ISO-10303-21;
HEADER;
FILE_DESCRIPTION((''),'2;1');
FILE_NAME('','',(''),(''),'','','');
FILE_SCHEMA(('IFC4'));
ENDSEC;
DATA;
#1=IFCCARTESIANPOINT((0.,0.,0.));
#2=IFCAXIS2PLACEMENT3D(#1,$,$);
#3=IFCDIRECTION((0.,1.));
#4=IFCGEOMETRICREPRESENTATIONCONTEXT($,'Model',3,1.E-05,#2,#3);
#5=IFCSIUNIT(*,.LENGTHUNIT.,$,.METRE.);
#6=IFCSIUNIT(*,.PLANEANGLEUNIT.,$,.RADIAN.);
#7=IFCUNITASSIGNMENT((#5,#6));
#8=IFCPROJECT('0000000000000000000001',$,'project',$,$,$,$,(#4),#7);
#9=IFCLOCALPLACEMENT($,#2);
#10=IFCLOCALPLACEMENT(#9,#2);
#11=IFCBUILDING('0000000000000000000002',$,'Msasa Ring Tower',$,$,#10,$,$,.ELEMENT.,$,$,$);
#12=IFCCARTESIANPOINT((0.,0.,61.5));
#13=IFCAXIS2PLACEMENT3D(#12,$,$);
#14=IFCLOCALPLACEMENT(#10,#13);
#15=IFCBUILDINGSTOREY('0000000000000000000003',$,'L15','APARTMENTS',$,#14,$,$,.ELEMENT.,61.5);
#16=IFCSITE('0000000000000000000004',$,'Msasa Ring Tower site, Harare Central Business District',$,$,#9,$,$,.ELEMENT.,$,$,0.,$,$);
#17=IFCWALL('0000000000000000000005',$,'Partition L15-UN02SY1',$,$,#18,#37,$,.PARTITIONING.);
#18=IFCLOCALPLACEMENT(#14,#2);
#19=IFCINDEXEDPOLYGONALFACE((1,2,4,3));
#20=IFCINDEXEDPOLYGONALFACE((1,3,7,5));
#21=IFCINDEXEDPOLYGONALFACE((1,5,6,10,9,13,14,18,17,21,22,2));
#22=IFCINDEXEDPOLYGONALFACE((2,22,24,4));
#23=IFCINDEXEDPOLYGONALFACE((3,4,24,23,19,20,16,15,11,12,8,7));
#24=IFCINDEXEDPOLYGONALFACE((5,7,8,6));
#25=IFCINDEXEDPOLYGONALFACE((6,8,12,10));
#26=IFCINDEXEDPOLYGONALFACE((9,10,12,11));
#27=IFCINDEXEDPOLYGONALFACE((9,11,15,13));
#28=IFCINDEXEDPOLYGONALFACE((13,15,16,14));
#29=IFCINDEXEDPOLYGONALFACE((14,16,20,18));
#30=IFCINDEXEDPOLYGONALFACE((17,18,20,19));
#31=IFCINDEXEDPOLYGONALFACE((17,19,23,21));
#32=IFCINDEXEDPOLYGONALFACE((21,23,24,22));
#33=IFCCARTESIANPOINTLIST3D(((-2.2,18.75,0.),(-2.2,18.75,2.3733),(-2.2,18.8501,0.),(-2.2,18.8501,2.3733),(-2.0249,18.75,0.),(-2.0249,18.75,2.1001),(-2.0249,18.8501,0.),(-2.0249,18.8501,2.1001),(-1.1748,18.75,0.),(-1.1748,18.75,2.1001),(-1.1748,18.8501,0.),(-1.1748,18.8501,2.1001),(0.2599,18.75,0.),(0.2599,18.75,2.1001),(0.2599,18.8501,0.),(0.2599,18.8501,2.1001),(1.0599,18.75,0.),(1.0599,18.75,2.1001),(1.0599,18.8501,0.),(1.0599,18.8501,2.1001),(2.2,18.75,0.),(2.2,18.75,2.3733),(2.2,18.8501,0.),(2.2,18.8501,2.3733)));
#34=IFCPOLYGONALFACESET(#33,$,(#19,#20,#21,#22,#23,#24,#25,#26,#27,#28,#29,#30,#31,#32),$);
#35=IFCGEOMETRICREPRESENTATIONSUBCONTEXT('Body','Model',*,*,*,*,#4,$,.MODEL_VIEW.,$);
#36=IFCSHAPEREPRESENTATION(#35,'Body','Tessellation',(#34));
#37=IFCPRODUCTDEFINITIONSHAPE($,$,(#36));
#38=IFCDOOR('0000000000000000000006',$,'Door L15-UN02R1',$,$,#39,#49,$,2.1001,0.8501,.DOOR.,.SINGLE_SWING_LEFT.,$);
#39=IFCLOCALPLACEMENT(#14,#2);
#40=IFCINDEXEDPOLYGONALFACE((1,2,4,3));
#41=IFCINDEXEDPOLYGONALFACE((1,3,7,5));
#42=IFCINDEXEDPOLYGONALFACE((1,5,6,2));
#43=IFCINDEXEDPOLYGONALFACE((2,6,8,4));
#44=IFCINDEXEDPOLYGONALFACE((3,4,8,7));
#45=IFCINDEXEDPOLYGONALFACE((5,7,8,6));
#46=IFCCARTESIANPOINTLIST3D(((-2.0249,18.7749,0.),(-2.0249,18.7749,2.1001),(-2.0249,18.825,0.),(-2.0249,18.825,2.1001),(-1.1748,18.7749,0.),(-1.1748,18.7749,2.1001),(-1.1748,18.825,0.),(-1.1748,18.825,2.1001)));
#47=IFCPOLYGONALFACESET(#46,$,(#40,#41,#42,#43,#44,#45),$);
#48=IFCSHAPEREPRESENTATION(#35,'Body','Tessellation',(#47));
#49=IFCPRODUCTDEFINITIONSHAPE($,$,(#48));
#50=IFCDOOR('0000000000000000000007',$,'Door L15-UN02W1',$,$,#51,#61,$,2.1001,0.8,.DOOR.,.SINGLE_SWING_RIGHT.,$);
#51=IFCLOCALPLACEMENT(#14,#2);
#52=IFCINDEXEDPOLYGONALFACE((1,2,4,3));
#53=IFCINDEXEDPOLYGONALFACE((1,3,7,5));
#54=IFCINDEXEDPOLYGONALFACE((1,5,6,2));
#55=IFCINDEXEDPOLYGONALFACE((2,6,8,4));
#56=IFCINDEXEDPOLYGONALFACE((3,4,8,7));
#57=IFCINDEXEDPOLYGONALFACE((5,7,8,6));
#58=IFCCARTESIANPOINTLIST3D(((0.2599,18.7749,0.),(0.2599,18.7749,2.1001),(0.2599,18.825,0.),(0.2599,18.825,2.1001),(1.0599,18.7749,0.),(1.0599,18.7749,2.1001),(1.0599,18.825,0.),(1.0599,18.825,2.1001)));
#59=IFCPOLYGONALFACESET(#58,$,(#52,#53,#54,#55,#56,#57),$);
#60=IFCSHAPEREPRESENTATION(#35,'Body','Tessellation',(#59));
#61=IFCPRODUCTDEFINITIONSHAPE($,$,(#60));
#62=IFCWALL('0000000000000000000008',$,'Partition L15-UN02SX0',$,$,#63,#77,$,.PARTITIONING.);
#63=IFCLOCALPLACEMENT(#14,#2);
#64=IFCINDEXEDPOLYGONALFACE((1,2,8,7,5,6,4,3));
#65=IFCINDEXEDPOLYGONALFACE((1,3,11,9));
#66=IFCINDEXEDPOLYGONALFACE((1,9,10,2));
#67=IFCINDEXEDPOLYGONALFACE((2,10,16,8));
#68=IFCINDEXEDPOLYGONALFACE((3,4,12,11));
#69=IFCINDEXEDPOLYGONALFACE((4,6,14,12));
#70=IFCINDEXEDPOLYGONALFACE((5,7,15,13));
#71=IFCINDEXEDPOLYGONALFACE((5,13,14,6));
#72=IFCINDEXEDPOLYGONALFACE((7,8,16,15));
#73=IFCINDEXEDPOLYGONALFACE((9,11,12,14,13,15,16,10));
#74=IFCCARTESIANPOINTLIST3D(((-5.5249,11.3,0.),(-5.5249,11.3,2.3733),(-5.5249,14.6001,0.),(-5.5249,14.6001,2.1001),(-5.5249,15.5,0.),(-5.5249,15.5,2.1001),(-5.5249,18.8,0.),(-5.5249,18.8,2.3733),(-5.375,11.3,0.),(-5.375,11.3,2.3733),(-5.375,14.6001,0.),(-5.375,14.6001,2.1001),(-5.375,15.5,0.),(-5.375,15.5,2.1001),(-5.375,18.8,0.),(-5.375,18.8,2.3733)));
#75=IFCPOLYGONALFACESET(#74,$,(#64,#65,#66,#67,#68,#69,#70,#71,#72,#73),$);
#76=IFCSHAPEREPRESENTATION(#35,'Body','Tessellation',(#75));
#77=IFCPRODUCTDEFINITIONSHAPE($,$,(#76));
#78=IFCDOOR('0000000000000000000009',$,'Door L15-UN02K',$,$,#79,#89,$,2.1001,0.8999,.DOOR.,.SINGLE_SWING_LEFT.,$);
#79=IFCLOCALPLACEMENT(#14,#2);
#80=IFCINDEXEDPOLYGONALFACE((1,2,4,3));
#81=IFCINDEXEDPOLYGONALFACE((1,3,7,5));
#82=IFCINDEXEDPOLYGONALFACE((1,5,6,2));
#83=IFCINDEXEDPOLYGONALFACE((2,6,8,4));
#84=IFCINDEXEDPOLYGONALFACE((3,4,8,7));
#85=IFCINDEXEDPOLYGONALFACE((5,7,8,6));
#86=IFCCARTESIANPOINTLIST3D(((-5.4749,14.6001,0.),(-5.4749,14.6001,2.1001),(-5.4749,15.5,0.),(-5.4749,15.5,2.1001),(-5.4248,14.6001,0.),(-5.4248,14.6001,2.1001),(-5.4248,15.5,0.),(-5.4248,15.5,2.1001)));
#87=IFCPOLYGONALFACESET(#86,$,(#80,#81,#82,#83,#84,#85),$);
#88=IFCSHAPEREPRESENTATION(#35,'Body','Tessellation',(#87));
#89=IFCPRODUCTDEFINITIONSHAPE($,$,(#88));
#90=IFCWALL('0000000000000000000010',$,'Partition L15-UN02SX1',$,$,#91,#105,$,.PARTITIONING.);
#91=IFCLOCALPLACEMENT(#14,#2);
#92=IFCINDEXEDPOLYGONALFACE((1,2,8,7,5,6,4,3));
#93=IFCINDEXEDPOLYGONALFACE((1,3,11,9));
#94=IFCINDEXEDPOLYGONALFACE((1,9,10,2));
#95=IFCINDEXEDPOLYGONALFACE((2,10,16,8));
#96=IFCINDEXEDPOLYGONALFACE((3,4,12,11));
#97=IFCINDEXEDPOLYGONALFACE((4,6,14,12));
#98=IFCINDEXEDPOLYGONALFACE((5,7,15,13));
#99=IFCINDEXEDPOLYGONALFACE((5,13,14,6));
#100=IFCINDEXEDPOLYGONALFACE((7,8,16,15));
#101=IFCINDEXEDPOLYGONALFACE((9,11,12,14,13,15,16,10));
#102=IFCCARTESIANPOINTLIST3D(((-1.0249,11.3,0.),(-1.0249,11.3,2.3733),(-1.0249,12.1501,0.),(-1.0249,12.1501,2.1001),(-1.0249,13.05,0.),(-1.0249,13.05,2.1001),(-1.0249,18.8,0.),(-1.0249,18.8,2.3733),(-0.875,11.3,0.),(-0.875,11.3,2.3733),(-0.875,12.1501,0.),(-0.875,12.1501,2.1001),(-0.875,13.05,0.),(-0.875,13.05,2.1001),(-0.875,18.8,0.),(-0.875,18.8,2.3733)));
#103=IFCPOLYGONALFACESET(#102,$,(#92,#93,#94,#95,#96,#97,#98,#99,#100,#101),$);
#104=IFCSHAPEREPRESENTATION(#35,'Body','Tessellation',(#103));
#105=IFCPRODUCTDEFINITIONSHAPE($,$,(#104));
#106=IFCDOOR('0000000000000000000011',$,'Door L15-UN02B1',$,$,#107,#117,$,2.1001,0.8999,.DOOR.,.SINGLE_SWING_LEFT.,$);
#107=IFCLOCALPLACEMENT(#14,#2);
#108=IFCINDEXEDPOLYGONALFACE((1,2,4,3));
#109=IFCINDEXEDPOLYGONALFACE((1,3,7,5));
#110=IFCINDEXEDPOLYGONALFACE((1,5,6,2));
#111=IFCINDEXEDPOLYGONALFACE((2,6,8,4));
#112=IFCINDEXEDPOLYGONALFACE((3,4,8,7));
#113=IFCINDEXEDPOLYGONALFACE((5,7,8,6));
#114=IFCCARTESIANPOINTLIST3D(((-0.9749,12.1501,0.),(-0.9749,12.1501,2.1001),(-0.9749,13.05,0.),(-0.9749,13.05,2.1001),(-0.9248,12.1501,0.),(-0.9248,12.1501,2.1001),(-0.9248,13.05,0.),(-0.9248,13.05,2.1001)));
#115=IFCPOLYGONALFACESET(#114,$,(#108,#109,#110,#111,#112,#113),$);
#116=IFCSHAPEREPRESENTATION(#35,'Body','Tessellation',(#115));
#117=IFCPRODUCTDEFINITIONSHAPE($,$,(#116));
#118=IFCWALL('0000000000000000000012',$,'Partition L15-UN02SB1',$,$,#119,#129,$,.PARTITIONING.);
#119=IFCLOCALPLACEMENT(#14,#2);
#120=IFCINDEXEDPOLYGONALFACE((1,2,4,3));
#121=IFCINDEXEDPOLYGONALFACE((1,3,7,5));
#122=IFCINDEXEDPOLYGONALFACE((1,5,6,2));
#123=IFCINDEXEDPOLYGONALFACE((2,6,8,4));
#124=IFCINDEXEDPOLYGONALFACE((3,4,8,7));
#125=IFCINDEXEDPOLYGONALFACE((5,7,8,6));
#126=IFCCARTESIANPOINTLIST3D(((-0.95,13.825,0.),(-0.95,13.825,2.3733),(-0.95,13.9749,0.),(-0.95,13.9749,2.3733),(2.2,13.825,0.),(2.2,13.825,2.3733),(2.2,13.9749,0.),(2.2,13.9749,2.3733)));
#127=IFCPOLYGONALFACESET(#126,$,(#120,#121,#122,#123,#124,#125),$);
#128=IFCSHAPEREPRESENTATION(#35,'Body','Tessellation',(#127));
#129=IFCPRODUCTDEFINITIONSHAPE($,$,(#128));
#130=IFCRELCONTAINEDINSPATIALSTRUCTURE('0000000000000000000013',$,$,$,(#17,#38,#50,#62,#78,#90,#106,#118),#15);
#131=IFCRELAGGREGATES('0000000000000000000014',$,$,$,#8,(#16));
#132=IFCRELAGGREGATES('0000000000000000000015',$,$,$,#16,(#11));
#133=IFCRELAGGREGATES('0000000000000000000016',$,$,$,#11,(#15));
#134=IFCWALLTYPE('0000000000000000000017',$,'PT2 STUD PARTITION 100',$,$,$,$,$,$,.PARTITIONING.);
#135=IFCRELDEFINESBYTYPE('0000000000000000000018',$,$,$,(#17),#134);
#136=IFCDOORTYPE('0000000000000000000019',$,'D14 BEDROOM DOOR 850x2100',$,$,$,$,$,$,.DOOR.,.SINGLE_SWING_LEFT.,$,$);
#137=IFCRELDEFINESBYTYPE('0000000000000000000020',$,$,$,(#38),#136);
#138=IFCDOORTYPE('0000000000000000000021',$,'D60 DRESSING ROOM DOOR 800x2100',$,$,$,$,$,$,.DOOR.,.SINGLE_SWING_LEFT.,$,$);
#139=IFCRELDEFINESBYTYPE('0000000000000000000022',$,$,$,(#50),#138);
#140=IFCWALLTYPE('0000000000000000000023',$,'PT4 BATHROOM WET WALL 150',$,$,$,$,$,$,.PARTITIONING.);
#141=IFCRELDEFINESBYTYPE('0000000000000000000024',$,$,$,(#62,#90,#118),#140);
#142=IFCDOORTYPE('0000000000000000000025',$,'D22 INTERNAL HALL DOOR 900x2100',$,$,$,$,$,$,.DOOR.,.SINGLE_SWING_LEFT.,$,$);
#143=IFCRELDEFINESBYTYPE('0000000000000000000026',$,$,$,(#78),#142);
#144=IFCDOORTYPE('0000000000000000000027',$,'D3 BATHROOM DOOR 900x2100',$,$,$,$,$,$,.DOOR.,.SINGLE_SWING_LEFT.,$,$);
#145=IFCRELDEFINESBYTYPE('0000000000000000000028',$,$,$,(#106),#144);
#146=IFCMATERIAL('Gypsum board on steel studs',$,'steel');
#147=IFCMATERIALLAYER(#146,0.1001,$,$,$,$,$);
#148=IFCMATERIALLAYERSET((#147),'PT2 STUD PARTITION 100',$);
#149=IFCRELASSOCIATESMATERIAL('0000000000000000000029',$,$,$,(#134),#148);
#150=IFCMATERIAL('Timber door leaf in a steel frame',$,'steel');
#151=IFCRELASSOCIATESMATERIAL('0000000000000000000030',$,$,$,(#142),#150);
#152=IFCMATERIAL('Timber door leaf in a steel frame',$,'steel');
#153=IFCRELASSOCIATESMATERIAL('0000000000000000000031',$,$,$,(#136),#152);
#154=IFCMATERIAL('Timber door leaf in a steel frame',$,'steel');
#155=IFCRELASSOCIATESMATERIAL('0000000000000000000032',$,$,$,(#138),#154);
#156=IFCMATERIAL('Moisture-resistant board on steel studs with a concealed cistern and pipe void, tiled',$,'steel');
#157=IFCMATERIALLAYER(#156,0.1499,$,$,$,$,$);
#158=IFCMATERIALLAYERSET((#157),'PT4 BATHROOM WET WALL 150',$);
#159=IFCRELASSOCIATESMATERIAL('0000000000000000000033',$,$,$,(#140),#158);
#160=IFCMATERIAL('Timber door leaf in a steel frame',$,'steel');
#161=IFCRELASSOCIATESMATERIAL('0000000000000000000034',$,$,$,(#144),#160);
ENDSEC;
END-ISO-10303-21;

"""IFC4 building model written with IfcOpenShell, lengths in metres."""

from ifc_helpers import new_model, si_unit, direction, frame, frame_2d, origin, place, context, subcontext, project, spatial, rectangle, extrude, material, layer, layer_set, type_object, element, fill, save


model = new_model("IFC4")

# Units and contexts
model_context = context("Model", 3, precision=1e-05, world=origin(), true_north=direction((0.0, 1.0)))
body_context = subcontext(model_context, "Body", "Model", "MODEL_VIEW")
ifc_project = project(units=[si_unit("LENGTHUNIT", "METRE"), si_unit("PLANEANGLEUNIT", "RADIAN")], contexts=[model_context])

# Site, building, storey
site_placement = place(None, origin())
site = spatial("IfcSite", under=ifc_project, at=site_placement, Name="Msasa Ring Tower site, Harare Central Business District", CompositionType="ELEMENT", RefElevation=0.0)
building_placement = place(site_placement, origin())
building = spatial("IfcBuilding", under=site, at=building_placement, Name="Msasa Ring Tower", CompositionType="ELEMENT")
storey_placement = place(building_placement, frame((0.0, 0.0, 61.5)))
storey = spatial("IfcBuildingStorey", under=building, at=storey_placement, Name="L15", Description="APARTMENTS", CompositionType="ELEMENT", Elevation=61.5)

# Shared definitions
ifc_material_1 = material(Name="Gypsum board on steel studs", Category="steel")
ifc_layer_1 = layer(ifc_material_1, 0.1001)
ifc_layer_set_1 = layer_set([ifc_layer_1], Name="PT2 STUD PARTITION 100")
wall_type_1 = type_object("IfcWallType", Name="PT2 STUD PARTITION 100", PredefinedType="PARTITIONING", material=ifc_layer_set_1)

# Shared definitions
ifc_material_2 = material(Name="Timber door leaf in a steel frame", Category="steel")
door_type_1 = type_object("IfcDoorType", Name="D22 INTERNAL HALL DOOR 900x2100", OperationType="SINGLE_SWING_LEFT", PredefinedType="DOOR", material=ifc_material_2)

# Wall, openings, doors
wall_1_placement = place(storey_placement, frame((-2.2, 18.8, 0.0), z_axis=(0.0, 0.0, 1.0), x_axis=(1.0, 0.0, 0.0)))
wall_1 = element("IfcWall", 1, at=wall_1_placement, inside=storey, type_object=wall_type_1, Name="Partition L15-UN02SY1", PredefinedType="PARTITIONING", context=body_context, shape_type="SweptSolid", body=[
    extrude(rectangle(XDim=4.3999, YDim=0.1001, at=frame_2d((2.2, 0.0))), origin(), (0.0, 0.0, 1.0), 2.3733),
])
opening_1_placement = place(wall_1_placement, frame((0.175, 0.0, 0.0)))
opening_1 = element("IfcOpeningElement", 2, at=opening_1_placement, cuts=wall_1, PredefinedType="OPENING", context=body_context, shape_type="SweptSolid", body=[
    extrude(rectangle(XDim=0.8501, YDim=2.1001, at=frame_2d((0.425, 1.05))), frame((0.0, 0.0601, 0.0), z_axis=(0.0, -1.0, 0.0), x_axis=(1.0, 0.0, 0.0)), (0.0, 0.0, 1.0), 0.1201),
])
opening_2_placement = place(wall_1_placement, frame((2.46, 0.0, 0.0)))
opening_2 = element("IfcOpeningElement", 3, at=opening_2_placement, cuts=wall_1, PredefinedType="OPENING", context=body_context, shape_type="SweptSolid", body=[
    extrude(rectangle(XDim=0.8, YDim=2.1001, at=frame_2d((0.3999, 1.05))), frame((0.0, 0.0601, 0.0), z_axis=(0.0, -1.0, 0.0), x_axis=(1.0, 0.0, 0.0)), (0.0, 0.0, 1.0), 0.1201),
])
ifc_material_3 = material(Name="Timber door leaf in a steel frame", Category="steel")
door_type_2 = type_object("IfcDoorType", Name="D14 BEDROOM DOOR 850x2100", OperationType="SINGLE_SWING_LEFT", PredefinedType="DOOR", material=ifc_material_3)
door_1_placement = place(opening_1_placement, origin())
door_1 = element("IfcDoor", 4, at=door_1_placement, inside=storey, type_object=door_type_2, Name="Door L15-UN02R1", OperationType="SINGLE_SWING_LEFT", OverallHeight=2.1001, OverallWidth=0.8501, PredefinedType="DOOR", context=body_context, shape_type="SweptSolid", body=[
    extrude(rectangle(XDim=0.8501, YDim=2.1001, at=frame_2d((0.425, 1.05))), frame((0.0, 0.0249, 0.0), z_axis=(0.0, -1.0, 0.0), x_axis=(1.0, 0.0, 0.0)), (0.0, 0.0, 1.0), 0.05),
])
fill(opening_1, door_1)
ifc_material_4 = material(Name="Timber door leaf in a steel frame", Category="steel")
door_type_3 = type_object("IfcDoorType", Name="D60 DRESSING ROOM DOOR 800x2100", OperationType="SINGLE_SWING_LEFT", PredefinedType="DOOR", material=ifc_material_4)
door_2_placement = place(opening_2_placement, origin())
door_2 = element("IfcDoor", 5, at=door_2_placement, inside=storey, type_object=door_type_3, Name="Door L15-UN02W1", OperationType="SINGLE_SWING_RIGHT", OverallHeight=2.1001, OverallWidth=0.8, PredefinedType="DOOR", context=body_context, shape_type="SweptSolid", body=[
    extrude(rectangle(XDim=0.8, YDim=2.1001, at=frame_2d((0.3999, 1.05))), frame((0.0, 0.0249, 0.0), z_axis=(0.0, -1.0, 0.0), x_axis=(1.0, 0.0, 0.0)), (0.0, 0.0, 1.0), 0.05),
])
fill(opening_2, door_2)

# Walls, openings, doors
ifc_material_5 = material(Name="Moisture-resistant board on steel studs with a concealed cistern and pipe void, tiled", Category="steel")
ifc_layer_2 = layer(ifc_material_5, 0.1499)
ifc_layer_set_2 = layer_set([ifc_layer_2], Name="PT4 BATHROOM WET WALL 150")
wall_type_2 = type_object("IfcWallType", Name="PT4 BATHROOM WET WALL 150", PredefinedType="PARTITIONING", material=ifc_layer_set_2)
wall_2_placement = place(storey_placement, frame((-5.45, 11.3, 0.0), z_axis=(0.0, 0.0, 1.0), x_axis=(0.0, 1.0, 0.0)))
wall_2 = element("IfcWall", 6, at=wall_2_placement, inside=storey, type_object=wall_type_2, Name="Partition L15-UN02SX0", PredefinedType="PARTITIONING", context=body_context, shape_type="SweptSolid", body=[
    extrude(rectangle(XDim=7.5, YDim=0.1499, at=frame_2d((3.75, 0.0))), origin(), (0.0, 0.0, 1.0), 2.3733),
])
opening_3_placement = place(wall_2_placement, frame((3.3, 0.0, 0.0)))
opening_3 = element("IfcOpeningElement", 7, at=opening_3_placement, cuts=wall_2, PredefinedType="OPENING", context=body_context, shape_type="SweptSolid", body=[
    extrude(rectangle(XDim=0.8999, YDim=2.1001, at=frame_2d((0.45, 1.05))), frame((0.0, 0.085, 0.0), z_axis=(0.0, -1.0, 0.0), x_axis=(1.0, 0.0, 0.0)), (0.0, 0.0, 1.0), 0.1699),
])
door_3_placement = place(opening_3_placement, origin())
door_3 = element("IfcDoor", 8, at=door_3_placement, inside=storey, type_object=door_type_1, Name="Door L15-UN02K", OperationType="SINGLE_SWING_LEFT", OverallHeight=2.1001, OverallWidth=0.8999, PredefinedType="DOOR", context=body_context, shape_type="SweptSolid", body=[
    extrude(rectangle(XDim=0.8999, YDim=2.1001, at=frame_2d((0.45, 1.05))), frame((0.0, 0.0249, 0.0), z_axis=(0.0, -1.0, 0.0), x_axis=(1.0, 0.0, 0.0)), (0.0, 0.0, 1.0), 0.05),
])
fill(opening_3, door_3)
wall_3_placement = place(storey_placement, frame((-0.95, 11.3, 0.0), z_axis=(0.0, 0.0, 1.0), x_axis=(0.0, 1.0, 0.0)))
wall_3 = element("IfcWall", 9, at=wall_3_placement, inside=storey, type_object=wall_type_2, Name="Partition L15-UN02SX1", PredefinedType="PARTITIONING", context=body_context, shape_type="SweptSolid", body=[
    extrude(rectangle(XDim=7.5, YDim=0.1499, at=frame_2d((3.75, 0.0))), origin(), (0.0, 0.0, 1.0), 2.3733),
])
opening_4_placement = place(wall_3_placement, frame((0.8501, 0.0, 0.0)))
opening_4 = element("IfcOpeningElement", 10, at=opening_4_placement, cuts=wall_3, PredefinedType="OPENING", context=body_context, shape_type="SweptSolid", body=[
    extrude(rectangle(XDim=0.8999, YDim=2.1001, at=frame_2d((0.45, 1.05))), frame((0.0, 0.085, 0.0), z_axis=(0.0, -1.0, 0.0), x_axis=(1.0, 0.0, 0.0)), (0.0, 0.0, 1.0), 0.1699),
])
ifc_material_6 = material(Name="Timber door leaf in a steel frame", Category="steel")
door_type_4 = type_object("IfcDoorType", Name="D3 BATHROOM DOOR 900x2100", OperationType="SINGLE_SWING_LEFT", PredefinedType="DOOR", material=ifc_material_6)
door_4_placement = place(opening_4_placement, origin())
door_4 = element("IfcDoor", 11, at=door_4_placement, inside=storey, type_object=door_type_4, Name="Door L15-UN02B1", OperationType="SINGLE_SWING_LEFT", OverallHeight=2.1001, OverallWidth=0.8999, PredefinedType="DOOR", context=body_context, shape_type="SweptSolid", body=[
    extrude(rectangle(XDim=0.8999, YDim=2.1001, at=frame_2d((0.45, 1.05))), frame((0.0, 0.0249, 0.0), z_axis=(0.0, -1.0, 0.0), x_axis=(1.0, 0.0, 0.0)), (0.0, 0.0, 1.0), 0.05),
])
fill(opening_4, door_4)

# Wall
wall_4_placement = place(storey_placement, frame((-0.95, 13.8999, 0.0), z_axis=(0.0, 0.0, 1.0), x_axis=(1.0, 0.0, 0.0)))
element("IfcWall", 12, at=wall_4_placement, inside=storey, type_object=wall_type_2, Name="Partition L15-UN02SB1", PredefinedType="PARTITIONING", context=body_context, shape_type="SweptSolid", body=[
    extrude(rectangle(XDim=3.1499, YDim=0.1499, at=frame_2d((1.575, 0.0))), origin(), (0.0, 0.0, 1.0), 2.3733),
])

save(model, "model.ifc")
